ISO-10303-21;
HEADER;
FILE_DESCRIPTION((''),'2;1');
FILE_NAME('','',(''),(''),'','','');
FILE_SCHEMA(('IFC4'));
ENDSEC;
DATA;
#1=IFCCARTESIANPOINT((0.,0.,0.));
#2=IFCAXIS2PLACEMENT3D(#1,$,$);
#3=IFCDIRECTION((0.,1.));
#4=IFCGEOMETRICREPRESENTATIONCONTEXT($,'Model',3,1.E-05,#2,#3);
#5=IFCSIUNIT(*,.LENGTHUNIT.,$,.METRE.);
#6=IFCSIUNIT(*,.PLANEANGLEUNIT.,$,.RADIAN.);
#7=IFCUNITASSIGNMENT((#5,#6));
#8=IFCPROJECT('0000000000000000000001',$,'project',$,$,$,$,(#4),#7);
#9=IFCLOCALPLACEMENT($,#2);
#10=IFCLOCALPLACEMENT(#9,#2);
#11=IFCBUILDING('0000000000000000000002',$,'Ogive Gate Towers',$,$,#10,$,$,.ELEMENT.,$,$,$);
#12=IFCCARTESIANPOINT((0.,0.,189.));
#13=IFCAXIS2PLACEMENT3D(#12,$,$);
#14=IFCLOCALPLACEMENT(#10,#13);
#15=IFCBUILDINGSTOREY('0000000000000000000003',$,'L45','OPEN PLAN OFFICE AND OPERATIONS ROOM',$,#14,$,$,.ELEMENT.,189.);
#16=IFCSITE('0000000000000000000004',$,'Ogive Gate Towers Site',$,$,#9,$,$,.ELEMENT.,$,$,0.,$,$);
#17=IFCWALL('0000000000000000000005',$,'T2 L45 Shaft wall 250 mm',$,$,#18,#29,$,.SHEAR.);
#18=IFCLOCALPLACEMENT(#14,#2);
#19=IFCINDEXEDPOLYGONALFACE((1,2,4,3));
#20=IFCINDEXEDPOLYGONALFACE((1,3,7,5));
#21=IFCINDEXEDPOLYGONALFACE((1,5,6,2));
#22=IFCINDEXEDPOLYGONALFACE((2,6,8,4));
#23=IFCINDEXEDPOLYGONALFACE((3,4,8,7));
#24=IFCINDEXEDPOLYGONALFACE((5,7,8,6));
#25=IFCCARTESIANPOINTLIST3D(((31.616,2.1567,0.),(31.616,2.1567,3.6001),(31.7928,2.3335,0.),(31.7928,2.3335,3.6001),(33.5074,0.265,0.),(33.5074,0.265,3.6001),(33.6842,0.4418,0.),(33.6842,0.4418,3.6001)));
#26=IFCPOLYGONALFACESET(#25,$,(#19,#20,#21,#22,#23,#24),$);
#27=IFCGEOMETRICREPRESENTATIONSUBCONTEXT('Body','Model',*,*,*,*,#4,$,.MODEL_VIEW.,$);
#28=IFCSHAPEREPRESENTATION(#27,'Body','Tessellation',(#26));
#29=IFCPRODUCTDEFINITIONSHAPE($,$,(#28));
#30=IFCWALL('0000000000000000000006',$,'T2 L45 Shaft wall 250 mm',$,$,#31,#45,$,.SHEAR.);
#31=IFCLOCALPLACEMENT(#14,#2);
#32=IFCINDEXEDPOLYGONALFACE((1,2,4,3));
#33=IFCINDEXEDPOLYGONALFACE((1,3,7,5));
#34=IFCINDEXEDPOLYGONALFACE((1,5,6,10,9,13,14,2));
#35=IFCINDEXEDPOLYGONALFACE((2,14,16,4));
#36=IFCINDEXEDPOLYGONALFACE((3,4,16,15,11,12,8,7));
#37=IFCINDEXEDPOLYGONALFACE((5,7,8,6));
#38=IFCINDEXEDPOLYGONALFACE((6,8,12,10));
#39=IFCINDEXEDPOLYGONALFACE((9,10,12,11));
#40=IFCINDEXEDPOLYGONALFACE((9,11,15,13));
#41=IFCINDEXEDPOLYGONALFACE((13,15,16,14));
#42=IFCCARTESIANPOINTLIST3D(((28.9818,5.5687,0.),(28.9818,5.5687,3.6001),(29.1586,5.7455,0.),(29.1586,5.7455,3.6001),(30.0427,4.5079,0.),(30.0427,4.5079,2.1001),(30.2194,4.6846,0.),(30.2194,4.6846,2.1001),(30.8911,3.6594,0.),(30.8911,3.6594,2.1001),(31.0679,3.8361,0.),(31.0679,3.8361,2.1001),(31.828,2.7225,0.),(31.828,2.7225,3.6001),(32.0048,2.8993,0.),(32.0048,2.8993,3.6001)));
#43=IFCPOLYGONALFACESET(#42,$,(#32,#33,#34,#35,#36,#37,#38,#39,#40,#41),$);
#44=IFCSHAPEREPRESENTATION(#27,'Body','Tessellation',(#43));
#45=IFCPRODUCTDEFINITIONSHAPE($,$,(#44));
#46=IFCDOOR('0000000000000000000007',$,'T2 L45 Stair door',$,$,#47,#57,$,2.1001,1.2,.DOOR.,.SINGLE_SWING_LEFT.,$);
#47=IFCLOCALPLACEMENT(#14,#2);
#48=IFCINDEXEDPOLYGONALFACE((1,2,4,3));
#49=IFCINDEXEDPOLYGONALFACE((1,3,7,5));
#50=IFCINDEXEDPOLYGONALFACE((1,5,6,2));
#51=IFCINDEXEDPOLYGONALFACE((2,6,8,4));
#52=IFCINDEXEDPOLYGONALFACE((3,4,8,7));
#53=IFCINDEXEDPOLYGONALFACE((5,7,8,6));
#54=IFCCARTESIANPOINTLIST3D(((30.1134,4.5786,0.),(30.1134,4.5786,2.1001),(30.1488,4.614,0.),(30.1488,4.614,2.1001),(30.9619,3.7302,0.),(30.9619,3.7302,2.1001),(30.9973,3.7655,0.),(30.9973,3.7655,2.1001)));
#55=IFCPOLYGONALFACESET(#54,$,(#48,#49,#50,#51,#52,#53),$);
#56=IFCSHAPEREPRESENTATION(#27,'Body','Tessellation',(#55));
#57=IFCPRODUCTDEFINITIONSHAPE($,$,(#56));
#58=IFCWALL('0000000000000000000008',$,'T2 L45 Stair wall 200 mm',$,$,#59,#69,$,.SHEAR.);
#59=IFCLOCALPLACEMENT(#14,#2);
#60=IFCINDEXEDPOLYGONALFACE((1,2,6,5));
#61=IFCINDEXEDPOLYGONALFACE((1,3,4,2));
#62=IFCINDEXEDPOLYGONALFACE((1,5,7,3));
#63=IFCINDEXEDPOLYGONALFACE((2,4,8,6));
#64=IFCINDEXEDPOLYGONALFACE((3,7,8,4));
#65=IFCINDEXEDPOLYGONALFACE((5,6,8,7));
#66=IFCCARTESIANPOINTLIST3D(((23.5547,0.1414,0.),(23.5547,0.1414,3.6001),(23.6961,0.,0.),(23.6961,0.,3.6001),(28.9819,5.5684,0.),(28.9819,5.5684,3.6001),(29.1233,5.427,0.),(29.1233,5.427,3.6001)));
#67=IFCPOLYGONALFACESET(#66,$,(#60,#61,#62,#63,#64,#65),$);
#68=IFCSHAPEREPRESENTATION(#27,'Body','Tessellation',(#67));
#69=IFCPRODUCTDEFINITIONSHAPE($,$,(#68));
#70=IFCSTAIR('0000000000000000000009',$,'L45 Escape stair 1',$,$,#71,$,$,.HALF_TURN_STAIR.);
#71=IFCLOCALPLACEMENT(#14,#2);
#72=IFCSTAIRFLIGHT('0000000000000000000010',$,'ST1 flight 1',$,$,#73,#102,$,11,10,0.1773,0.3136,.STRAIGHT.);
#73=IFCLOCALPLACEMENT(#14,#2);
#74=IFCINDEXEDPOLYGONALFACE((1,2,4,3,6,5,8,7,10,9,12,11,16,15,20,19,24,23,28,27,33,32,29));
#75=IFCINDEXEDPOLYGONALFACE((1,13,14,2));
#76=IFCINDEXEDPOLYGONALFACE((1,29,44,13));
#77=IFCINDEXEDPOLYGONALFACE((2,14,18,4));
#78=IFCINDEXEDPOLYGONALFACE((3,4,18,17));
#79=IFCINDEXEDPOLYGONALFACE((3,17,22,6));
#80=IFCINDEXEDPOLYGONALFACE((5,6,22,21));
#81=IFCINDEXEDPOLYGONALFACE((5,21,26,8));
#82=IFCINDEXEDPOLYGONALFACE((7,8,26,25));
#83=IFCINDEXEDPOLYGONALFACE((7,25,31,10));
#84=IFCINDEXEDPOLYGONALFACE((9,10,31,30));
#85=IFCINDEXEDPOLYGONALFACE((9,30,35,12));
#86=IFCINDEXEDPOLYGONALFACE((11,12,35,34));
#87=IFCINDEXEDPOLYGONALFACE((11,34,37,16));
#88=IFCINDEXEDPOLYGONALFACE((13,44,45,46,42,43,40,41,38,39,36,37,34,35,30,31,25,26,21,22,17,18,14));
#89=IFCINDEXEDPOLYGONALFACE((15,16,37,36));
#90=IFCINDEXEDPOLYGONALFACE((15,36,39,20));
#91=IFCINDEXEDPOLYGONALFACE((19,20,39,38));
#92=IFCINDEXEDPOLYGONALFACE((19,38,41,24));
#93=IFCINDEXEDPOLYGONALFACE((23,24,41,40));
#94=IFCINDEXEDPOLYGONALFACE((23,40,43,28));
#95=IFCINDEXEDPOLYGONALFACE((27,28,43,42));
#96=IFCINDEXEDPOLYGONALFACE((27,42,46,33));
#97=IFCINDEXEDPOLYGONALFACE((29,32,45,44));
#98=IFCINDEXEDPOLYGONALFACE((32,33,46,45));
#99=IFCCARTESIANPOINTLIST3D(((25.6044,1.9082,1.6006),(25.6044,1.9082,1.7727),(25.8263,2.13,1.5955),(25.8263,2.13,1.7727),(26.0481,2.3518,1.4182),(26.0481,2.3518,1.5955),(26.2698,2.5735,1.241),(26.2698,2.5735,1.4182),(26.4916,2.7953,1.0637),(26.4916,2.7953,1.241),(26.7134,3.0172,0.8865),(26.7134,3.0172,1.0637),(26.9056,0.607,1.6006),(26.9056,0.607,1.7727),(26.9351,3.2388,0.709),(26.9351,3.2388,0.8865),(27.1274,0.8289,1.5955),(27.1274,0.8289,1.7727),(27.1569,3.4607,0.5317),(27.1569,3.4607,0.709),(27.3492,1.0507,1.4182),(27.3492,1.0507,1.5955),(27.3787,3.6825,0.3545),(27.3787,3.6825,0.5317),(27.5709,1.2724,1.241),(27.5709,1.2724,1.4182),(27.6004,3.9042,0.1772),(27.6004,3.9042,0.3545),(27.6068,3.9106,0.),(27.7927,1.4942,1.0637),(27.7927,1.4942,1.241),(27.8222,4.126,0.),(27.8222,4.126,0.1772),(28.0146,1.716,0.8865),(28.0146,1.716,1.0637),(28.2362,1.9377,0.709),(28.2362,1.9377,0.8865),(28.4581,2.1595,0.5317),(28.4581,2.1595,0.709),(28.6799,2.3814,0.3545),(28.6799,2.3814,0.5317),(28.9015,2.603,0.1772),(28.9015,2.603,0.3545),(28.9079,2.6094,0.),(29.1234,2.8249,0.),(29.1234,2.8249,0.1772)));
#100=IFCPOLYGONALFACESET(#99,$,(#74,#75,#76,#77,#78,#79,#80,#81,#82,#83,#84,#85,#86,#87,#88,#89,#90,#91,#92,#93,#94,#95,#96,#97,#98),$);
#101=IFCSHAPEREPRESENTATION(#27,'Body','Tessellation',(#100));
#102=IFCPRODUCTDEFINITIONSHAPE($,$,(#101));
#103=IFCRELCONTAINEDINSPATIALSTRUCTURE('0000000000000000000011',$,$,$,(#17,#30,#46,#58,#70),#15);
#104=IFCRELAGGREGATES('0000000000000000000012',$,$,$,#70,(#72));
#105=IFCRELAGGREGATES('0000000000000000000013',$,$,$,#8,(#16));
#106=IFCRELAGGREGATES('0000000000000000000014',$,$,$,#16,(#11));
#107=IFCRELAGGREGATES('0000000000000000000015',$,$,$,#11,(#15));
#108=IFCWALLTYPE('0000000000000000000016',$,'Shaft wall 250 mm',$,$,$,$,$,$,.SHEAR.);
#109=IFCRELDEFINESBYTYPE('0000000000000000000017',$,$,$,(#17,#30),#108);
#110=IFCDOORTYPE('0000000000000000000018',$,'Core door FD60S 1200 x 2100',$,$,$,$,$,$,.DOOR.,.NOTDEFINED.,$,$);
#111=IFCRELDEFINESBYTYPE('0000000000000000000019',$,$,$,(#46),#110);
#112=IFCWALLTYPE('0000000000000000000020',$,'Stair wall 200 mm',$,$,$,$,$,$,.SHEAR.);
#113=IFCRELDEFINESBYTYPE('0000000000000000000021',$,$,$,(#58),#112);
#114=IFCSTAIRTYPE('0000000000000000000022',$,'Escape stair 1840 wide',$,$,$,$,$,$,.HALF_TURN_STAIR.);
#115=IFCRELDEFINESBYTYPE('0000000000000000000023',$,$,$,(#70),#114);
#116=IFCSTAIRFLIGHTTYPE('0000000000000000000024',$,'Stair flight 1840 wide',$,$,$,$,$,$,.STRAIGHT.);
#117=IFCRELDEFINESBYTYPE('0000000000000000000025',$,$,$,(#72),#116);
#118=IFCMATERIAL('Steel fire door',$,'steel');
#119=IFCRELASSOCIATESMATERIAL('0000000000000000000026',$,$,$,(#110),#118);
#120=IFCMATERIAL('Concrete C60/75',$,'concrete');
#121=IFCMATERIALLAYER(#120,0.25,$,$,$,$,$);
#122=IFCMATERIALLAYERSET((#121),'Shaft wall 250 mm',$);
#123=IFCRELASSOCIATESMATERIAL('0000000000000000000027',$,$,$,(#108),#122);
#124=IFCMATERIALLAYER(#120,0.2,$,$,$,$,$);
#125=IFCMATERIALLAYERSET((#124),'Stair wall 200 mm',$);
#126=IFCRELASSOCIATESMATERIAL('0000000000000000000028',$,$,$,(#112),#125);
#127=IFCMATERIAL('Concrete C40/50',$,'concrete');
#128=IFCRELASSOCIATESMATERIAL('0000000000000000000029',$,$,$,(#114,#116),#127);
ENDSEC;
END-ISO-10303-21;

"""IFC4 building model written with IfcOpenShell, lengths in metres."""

from ifc_helpers import new_model, si_unit, direction, frame, frame_2d, origin, place, context, subcontext, project, spatial, polyline, rectangle, outline, extrude, material, layer, layer_set, type_object, element, fill, aggregate, save


model = new_model("IFC4")

# Units and contexts
model_context = context("Model", 3, precision=1e-05, world=origin(), true_north=direction((0.0, 1.0)))
body_context = subcontext(model_context, "Body", "Model", "MODEL_VIEW")
ifc_project = project(units=[si_unit("LENGTHUNIT", "METRE"), si_unit("PLANEANGLEUNIT", "RADIAN")], contexts=[model_context])

# Site, building, storey
site_placement = place(None, origin())
site = spatial("IfcSite", under=ifc_project, at=site_placement, Name="Ogive Gate Towers Site", CompositionType="ELEMENT", RefElevation=0.0)
building_placement = place(site_placement, origin())
building = spatial("IfcBuilding", under=site, at=building_placement, Name="Ogive Gate Towers", CompositionType="ELEMENT")
storey_placement = place(building_placement, frame((0.0, 0.0, 189.0)))
storey = spatial("IfcBuildingStorey", under=building, at=storey_placement, Name="L45", Description="OPEN PLAN OFFICE AND OPERATIONS ROOM", CompositionType="ELEMENT", Elevation=189.0)

# Shared definitions
ifc_material_1 = material(Name="Concrete C40/50", Category="concrete")

# Shared definitions
ifc_material_2 = material(Name="Concrete C60/75", Category="concrete")
ifc_material_3 = material(Name="Steel fire door", Category="steel")
door_type_1 = type_object("IfcDoorType", Name="Core door FD60S 1200 x 2100", OperationType="NOTDEFINED", PredefinedType="DOOR", material=ifc_material_3)

# Wall
ifc_layer_1 = layer(ifc_material_2, 0.25)
ifc_layer_set_1 = layer_set([ifc_layer_1], Name="Shaft wall 250 mm")
wall_type_1 = type_object("IfcWallType", Name="Shaft wall 250 mm", PredefinedType="SHEAR", material=ifc_layer_set_1)
wall_1_placement = place(storey_placement, frame((33.5957, 0.3535, 0.0), z_axis=(0.0, 0.0, 1.0), x_axis=(-0.707061, 0.707152, 0.0)))
element("IfcWall", 1, at=wall_1_placement, inside=storey, type_object=wall_type_1, Name="T2 L45 Shaft wall 250 mm", PredefinedType="SHEAR", context=body_context, shape_type="SweptSolid", body=[
    extrude(rectangle(XDim=2.675, YDim=0.25, at=frame_2d((1.3374, 0.0))), origin(), (0.0, 0.0, 1.0), 3.6001),
])

# Wall, opening, door
wall_2_placement = place(storey_placement, frame((31.9165, 2.8108, 0.0), z_axis=(0.0, 0.0, 1.0), x_axis=(-0.707107, 0.707107, 0.0)))
wall_2 = element("IfcWall", 2, at=wall_2_placement, inside=storey, type_object=wall_type_1, Name="T2 L45 Shaft wall 250 mm", PredefinedType="SHEAR", context=body_context, shape_type="SweptSolid", body=[
    extrude(rectangle(XDim=4.0251, YDim=0.25, at=frame_2d((2.0127, 0.0))), origin(), (0.0, 0.0, 1.0), 3.6001),
])
opening_1_placement = place(wall_2_placement, frame((1.325, 0.0, 0.0)))
opening_1 = element("IfcOpeningElement", 3, at=opening_1_placement, cuts=wall_2, PredefinedType="OPENING", context=body_context, shape_type="SweptSolid", body=[
    extrude(rectangle(XDim=1.2, YDim=2.1001, at=frame_2d((0.6001, 1.05))), frame((0.0, 0.135, 0.0), z_axis=(0.0, -1.0, 0.0), x_axis=(1.0, 0.0, 0.0)), (0.0, 0.0, 1.0), 0.27),
])
door_1_placement = place(opening_1_placement, origin())
door_1 = element("IfcDoor", 4, at=door_1_placement, inside=storey, type_object=door_type_1, Name="T2 L45 Stair door", OperationType="SINGLE_SWING_LEFT", OverallHeight=2.1001, OverallWidth=1.2, PredefinedType="DOOR", context=body_context, shape_type="SweptSolid", body=[
    extrude(rectangle(XDim=1.2, YDim=2.1001, at=frame_2d((0.6001, 1.05))), frame((0.0, 0.0249, 0.0), z_axis=(0.0, -1.0, 0.0), x_axis=(1.0, 0.0, 0.0)), (0.0, 0.0, 1.0), 0.05),
])
fill(opening_1, door_1)

# Wall
ifc_layer_2 = layer(ifc_material_2, 0.2)
ifc_layer_set_2 = layer_set([ifc_layer_2], Name="Stair wall 200 mm")
wall_type_2 = type_object("IfcWallType", Name="Stair wall 200 mm", PredefinedType="SHEAR", material=ifc_layer_set_2)
wall_3_placement = place(storey_placement, frame((23.6255, 0.0708, 0.0), z_axis=(0.0, 0.0, 1.0), x_axis=(0.707123, 0.707091, 0.0)))
element("IfcWall", 5, at=wall_3_placement, inside=storey, type_object=wall_type_2, Name="T2 L45 Stair wall 200 mm", PredefinedType="SHEAR", context=body_context, shape_type="SweptSolid", body=[
    extrude(rectangle(XDim=7.675, YDim=0.2, at=frame_2d((3.8374, 0.0))), origin(), (0.0, 0.0, 1.0), 3.6001),
])

# Stair, stair flight
stair_type = type_object("IfcStairType", Name="Escape stair 1840 wide", PredefinedType="HALF_TURN_STAIR", material=ifc_material_1)
stair_placement = place(storey_placement, origin())
stair = element("IfcStair", 6, at=stair_placement, inside=storey, type_object=stair_type, Name="L45 Escape stair 1", PredefinedType="HALF_TURN_STAIR")
stair_flight_type = type_object("IfcStairFlightType", Name="Stair flight 1840 wide", PredefinedType="STRAIGHT", material=ifc_material_1)
stair_flight_placement = place(storey_placement, frame((28.4729, 3.4753, 0.0), z_axis=(0.0, 0.0, 1.0), x_axis=(-0.707107, -0.707107, 0.0)))
stair_flight = element("IfcStairFlight", 7, at=stair_flight_placement, type_object=stair_flight_type, Name="ST1 flight 1", NumberOfRisers=11, NumberOfTreads=10, PredefinedType="STRAIGHT", RiserHeight=0.1773, TreadLength=0.3136, context=body_context, shape_type="SweptSolid", body=[
    extrude(outline(polyline([(0.0, 0.0), (0.0, 0.1772), (0.3137, 0.1772), (0.3137, 0.3545), (0.6272, 0.3545), (0.6272, 0.5317), (0.9409, 0.5317), (0.9409, 0.709), (1.2546, 0.709), (1.2546, 0.8865), (1.5681, 0.8865), (1.5681, 1.0637), (1.8818, 1.0637), (1.8818, 1.241), (2.1956, 1.241), (2.1956, 1.4182), (2.509, 1.4182), (2.509, 1.5955), (2.8228, 1.5955), (2.8228, 1.7727), (3.1365, 1.7727), (3.1365, 1.95), (3.1365, 1.6006), (0.3047, 0.0), (0.0, 0.0)])), frame((0.0, 0.9199, 0.0), z_axis=(0.0, -1.0, 0.0), x_axis=(1.0, 0.0, 0.0)), (0.0, 0.0, 1.0), 1.8401),
])
aggregate(stair, [stair_flight])

save(model, "model.ifc")
